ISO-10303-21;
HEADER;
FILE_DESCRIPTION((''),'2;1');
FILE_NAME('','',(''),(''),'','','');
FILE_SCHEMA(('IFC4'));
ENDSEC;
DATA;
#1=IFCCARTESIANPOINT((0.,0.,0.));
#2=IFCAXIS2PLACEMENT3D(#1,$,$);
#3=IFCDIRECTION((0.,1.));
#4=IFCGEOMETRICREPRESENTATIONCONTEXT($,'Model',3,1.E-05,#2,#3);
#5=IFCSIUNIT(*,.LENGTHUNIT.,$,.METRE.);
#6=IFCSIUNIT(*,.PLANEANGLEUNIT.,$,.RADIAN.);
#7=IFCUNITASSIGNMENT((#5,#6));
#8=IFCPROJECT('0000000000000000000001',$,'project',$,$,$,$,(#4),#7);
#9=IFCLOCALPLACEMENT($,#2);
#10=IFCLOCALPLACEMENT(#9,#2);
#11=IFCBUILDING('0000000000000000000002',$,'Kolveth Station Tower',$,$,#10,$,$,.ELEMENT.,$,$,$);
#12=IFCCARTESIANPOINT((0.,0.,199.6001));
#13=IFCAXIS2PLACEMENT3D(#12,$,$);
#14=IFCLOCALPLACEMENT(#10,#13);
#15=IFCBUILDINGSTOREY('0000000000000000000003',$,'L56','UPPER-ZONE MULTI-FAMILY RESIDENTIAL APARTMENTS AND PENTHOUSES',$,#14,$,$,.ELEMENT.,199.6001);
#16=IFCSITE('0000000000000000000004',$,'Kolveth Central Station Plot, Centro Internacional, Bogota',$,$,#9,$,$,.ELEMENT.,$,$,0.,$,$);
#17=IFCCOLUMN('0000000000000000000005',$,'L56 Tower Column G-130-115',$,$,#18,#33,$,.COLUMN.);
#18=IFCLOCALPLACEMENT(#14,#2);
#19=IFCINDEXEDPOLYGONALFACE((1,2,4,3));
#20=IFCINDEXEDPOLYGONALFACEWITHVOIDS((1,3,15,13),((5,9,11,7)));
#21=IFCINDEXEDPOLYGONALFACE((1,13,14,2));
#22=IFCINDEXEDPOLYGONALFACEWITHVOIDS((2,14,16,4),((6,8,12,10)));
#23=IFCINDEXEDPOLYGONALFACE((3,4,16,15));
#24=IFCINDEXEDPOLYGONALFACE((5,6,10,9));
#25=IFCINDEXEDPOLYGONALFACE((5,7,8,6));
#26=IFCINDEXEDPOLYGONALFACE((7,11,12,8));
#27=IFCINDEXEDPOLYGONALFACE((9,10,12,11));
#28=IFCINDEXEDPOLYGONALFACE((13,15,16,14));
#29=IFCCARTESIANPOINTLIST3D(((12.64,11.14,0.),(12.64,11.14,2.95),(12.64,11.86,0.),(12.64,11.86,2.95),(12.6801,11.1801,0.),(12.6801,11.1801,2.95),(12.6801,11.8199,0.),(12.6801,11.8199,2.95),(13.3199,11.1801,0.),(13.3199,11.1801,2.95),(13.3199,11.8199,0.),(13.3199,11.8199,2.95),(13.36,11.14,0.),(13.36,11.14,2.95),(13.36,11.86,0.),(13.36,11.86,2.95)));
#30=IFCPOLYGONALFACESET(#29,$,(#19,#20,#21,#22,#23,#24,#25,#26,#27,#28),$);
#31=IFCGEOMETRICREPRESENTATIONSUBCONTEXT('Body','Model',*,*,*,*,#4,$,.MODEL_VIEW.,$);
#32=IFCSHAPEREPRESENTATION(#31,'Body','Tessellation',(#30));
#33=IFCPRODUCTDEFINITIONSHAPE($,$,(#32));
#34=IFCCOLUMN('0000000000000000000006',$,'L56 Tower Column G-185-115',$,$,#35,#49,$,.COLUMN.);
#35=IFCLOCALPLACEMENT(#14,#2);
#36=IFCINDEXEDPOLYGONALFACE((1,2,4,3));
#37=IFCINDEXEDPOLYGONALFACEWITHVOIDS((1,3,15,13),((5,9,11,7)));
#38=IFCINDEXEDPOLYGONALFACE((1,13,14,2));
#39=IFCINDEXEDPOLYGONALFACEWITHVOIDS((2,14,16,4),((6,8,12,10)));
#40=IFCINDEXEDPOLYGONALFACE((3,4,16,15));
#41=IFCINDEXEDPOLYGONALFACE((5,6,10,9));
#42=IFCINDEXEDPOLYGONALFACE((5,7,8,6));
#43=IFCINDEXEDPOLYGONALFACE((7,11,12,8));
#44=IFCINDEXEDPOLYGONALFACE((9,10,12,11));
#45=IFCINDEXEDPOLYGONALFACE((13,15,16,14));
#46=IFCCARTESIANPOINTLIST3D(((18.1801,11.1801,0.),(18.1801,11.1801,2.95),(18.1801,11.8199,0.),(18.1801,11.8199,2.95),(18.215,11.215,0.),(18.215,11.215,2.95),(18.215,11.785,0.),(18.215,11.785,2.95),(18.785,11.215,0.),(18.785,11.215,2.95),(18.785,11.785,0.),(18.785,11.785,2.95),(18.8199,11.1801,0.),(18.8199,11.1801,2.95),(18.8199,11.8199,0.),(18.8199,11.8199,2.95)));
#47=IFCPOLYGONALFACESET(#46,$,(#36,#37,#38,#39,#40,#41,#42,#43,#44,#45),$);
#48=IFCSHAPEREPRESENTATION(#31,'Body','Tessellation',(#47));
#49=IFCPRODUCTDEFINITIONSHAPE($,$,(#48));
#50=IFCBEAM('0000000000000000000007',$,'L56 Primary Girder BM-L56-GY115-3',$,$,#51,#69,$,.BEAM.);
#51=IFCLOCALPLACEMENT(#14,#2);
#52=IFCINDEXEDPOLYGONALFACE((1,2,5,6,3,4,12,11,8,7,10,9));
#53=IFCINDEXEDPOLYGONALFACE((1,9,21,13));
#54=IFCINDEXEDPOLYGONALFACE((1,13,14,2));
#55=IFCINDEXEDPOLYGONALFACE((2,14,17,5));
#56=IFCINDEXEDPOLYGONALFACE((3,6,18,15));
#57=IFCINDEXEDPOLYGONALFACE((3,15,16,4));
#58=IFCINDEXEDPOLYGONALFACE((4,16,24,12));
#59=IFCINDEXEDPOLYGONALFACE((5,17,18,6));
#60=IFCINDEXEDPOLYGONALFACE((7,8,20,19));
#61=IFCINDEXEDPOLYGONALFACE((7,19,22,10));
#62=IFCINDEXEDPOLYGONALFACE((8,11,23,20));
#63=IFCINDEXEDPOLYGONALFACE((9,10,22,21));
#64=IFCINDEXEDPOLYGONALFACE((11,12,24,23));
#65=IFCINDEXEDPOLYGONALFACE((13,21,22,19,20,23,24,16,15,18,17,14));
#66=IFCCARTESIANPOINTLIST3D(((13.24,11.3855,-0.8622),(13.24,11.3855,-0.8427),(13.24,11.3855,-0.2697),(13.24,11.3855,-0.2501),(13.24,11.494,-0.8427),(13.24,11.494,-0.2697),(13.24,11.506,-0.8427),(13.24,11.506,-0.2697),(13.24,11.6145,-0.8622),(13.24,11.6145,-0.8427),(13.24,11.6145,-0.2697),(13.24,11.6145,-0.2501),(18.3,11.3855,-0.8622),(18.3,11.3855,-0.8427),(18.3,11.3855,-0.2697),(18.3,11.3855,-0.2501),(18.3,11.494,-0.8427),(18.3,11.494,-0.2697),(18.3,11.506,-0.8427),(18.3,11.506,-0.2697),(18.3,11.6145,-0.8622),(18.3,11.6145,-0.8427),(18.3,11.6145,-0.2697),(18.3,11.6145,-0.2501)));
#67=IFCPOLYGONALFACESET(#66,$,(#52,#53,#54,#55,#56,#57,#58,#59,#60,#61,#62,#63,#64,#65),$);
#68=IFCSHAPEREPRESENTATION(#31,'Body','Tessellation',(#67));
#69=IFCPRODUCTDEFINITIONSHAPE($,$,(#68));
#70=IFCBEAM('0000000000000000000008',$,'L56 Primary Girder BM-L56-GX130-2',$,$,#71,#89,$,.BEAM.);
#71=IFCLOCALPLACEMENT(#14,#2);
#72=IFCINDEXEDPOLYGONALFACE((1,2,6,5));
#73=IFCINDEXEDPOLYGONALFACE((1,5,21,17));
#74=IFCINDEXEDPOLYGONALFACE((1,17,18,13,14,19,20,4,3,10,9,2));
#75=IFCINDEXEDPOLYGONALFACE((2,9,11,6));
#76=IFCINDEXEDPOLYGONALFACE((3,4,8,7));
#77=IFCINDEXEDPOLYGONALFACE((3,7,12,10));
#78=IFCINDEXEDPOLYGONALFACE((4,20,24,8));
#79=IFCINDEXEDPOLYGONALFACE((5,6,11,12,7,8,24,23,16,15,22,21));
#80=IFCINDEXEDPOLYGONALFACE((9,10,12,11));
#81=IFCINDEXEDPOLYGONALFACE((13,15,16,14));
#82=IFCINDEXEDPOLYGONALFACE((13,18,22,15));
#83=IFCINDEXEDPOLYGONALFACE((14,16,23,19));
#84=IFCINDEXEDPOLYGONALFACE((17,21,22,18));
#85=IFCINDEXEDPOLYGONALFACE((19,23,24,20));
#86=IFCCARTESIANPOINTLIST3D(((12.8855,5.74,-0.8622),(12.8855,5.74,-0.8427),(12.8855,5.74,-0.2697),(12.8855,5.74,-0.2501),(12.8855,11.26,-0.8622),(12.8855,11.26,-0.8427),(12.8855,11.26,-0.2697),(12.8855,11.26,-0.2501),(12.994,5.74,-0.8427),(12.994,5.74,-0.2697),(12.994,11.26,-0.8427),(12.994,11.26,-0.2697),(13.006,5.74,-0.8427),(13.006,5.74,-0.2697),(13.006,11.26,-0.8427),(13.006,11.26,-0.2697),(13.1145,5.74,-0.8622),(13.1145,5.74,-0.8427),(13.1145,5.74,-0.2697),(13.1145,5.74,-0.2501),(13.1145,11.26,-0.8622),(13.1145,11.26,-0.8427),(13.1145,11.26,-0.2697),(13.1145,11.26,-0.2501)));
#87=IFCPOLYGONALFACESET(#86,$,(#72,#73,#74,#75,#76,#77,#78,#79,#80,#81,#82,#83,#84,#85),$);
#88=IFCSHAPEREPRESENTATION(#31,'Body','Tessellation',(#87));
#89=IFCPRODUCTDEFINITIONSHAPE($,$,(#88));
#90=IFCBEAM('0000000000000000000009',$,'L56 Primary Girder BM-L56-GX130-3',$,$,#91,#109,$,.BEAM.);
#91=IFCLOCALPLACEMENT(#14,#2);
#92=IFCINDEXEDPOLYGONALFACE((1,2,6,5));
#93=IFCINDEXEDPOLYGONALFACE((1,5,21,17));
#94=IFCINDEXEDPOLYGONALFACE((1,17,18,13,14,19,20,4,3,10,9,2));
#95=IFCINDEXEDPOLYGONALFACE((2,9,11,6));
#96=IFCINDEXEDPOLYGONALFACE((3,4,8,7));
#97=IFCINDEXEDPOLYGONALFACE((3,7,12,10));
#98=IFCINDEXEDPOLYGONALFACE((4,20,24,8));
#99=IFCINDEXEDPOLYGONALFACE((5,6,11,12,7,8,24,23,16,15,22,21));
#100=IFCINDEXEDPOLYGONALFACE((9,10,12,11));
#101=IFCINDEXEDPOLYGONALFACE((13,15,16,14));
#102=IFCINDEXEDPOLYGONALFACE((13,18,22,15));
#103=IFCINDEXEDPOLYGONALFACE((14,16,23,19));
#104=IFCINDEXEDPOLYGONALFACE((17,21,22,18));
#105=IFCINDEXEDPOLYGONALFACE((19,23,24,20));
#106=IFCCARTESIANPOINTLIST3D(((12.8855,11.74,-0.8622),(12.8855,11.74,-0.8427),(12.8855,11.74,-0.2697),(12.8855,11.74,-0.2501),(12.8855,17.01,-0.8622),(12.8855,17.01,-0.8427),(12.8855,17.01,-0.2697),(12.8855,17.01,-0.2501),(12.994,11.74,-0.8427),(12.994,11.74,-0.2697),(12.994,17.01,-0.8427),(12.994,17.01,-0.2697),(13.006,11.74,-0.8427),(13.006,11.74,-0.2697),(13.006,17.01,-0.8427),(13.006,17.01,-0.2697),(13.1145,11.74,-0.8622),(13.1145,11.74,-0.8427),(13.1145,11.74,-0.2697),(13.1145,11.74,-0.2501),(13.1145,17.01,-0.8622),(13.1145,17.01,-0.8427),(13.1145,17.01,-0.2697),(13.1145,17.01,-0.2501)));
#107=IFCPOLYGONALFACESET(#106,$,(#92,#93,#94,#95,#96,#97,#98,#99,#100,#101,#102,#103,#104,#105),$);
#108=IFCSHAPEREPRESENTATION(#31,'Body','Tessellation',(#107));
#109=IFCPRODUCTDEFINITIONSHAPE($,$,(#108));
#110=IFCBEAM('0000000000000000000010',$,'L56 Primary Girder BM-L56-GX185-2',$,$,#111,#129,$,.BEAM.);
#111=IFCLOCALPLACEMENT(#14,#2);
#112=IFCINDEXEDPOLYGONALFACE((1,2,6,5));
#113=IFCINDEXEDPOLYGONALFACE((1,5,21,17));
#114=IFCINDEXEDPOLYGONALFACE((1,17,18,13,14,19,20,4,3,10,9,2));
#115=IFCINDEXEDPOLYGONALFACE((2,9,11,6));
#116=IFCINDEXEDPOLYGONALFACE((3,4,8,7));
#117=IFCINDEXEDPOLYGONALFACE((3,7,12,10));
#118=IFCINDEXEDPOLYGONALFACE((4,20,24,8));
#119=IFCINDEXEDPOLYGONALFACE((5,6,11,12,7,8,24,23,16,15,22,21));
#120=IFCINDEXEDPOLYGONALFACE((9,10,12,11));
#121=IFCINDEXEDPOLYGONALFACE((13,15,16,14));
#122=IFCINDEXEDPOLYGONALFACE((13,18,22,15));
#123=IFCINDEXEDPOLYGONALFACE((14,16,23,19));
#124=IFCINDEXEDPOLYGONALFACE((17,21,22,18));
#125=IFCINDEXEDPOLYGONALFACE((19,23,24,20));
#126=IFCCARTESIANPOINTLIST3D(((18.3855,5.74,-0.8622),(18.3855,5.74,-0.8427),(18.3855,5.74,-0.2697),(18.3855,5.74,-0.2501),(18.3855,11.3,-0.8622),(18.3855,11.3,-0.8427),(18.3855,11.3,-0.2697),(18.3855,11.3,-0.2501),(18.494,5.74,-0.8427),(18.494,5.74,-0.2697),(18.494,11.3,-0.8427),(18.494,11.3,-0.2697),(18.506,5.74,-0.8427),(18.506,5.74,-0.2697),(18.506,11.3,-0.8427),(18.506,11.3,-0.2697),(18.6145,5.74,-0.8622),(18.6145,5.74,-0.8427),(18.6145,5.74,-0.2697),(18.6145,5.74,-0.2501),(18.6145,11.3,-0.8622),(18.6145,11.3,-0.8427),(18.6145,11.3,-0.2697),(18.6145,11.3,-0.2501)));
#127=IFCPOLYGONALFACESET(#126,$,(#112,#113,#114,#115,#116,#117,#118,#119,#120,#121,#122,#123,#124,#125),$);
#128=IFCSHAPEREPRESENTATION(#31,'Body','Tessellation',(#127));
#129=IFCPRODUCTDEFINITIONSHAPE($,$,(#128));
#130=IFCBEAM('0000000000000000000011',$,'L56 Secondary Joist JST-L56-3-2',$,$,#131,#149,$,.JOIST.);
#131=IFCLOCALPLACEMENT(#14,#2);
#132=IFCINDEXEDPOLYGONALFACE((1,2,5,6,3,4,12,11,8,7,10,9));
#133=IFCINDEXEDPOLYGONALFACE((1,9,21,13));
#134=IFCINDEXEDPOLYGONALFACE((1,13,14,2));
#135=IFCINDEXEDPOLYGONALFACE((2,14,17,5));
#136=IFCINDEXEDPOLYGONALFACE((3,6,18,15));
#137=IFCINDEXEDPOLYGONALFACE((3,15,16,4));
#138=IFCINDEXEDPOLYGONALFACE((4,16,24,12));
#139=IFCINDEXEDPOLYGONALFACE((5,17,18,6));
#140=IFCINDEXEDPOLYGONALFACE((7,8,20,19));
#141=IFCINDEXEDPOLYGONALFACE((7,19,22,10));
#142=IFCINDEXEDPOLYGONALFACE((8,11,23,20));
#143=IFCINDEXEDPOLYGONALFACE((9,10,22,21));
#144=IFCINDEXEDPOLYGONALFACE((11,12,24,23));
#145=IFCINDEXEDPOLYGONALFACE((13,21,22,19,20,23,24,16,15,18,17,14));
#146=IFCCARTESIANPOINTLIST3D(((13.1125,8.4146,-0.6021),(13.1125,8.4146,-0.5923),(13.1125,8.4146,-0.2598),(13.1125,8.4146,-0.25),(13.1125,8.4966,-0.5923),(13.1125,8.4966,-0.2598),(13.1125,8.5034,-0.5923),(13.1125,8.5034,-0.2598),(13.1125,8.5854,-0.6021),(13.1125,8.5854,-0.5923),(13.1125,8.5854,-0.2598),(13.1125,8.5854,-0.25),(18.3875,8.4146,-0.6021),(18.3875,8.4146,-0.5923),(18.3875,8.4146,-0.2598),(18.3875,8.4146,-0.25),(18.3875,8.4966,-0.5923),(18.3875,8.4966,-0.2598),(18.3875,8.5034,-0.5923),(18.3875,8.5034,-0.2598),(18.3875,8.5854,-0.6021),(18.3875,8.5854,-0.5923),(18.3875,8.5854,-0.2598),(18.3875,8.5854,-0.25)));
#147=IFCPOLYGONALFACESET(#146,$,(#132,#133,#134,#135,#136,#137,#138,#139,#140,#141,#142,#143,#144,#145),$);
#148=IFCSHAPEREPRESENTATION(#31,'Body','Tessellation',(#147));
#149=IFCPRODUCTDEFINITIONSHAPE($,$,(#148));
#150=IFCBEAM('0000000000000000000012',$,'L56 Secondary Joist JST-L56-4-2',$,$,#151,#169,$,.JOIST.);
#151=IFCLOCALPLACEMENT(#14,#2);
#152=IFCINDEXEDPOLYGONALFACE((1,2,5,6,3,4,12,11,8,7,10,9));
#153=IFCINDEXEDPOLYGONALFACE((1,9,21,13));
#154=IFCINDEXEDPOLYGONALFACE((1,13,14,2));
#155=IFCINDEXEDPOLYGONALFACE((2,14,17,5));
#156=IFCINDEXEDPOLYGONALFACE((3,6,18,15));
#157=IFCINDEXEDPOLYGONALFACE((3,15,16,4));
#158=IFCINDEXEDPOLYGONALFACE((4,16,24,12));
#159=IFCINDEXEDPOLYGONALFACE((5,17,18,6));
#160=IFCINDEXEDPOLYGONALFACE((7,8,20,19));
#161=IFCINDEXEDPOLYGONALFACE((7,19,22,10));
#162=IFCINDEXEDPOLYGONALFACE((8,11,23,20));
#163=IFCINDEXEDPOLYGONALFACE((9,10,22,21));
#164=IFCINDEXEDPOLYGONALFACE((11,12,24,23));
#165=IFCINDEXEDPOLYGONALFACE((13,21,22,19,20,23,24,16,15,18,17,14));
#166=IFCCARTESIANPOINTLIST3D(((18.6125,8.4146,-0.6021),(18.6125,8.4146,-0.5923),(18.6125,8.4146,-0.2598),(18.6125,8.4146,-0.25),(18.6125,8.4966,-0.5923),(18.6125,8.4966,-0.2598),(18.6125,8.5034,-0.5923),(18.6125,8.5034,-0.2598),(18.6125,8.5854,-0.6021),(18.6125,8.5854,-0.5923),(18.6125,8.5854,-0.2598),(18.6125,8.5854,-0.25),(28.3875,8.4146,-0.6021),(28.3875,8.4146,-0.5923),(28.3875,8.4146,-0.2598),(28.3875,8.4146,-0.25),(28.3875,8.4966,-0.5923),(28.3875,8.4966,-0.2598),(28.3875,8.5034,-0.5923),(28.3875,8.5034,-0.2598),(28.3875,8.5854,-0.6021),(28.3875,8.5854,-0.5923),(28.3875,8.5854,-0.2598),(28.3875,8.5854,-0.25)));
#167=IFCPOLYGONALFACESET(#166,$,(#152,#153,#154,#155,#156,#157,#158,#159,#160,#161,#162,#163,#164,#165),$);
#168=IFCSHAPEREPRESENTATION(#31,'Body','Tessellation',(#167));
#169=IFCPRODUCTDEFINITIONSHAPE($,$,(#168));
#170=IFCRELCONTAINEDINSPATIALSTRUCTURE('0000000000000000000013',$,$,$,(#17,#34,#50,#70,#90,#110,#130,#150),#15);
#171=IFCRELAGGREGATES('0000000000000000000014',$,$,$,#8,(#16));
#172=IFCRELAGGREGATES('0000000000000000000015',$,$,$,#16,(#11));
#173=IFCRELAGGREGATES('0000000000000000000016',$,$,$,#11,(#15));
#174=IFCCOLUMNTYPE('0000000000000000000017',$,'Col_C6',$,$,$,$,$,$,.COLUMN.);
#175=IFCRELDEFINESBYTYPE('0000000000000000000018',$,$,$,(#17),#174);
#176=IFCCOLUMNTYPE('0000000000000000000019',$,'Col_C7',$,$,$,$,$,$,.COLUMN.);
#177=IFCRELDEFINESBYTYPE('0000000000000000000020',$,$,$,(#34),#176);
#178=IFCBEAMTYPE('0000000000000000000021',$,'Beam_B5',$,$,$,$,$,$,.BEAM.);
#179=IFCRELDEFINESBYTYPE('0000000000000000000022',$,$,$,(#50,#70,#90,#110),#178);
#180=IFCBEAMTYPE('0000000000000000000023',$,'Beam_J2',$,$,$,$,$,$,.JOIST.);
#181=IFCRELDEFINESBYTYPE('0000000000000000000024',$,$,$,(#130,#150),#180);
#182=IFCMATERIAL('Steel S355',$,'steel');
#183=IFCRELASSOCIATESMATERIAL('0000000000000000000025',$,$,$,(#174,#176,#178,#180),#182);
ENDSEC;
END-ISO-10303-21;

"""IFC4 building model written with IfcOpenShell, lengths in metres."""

from ifc_helpers import new_model, si_unit, direction, frame, origin, origin_2d, place, context, subcontext, project, spatial, hollow_rectangle, i_section, extrude, source, transform, mapped, material, material_profile, profile_set, type_object, element, save


model = new_model("IFC4")

# Units and contexts
model_context = context("Model", 3, precision=1e-05, world=origin(), true_north=direction((0.0, 1.0)))
body_context = subcontext(model_context, "Body", "Model", "MODEL_VIEW")
ifc_project = project(units=[si_unit("LENGTHUNIT", "METRE"), si_unit("PLANEANGLEUNIT", "RADIAN")], contexts=[model_context])

# Site, building, storey
site_placement = place(None, origin())
site = spatial("IfcSite", under=ifc_project, at=site_placement, Name="Kolveth Central Station Plot, Centro Internacional, Bogota", CompositionType="ELEMENT", RefElevation=0.0)
building_placement = place(site_placement, origin())
building = spatial("IfcBuilding", under=site, at=building_placement, Name="Kolveth Station Tower", CompositionType="ELEMENT")
storey_placement = place(building_placement, frame((0.0, 0.0, 199.6001)))
storey = spatial("IfcBuildingStorey", under=building, at=storey_placement, Name="L56", Description="UPPER-ZONE MULTI-FAMILY RESIDENTIAL APARTMENTS AND PENTHOUSES", CompositionType="ELEMENT", Elevation=199.6001)

# Columns
ifc_material_1 = material(Name="Steel S355", Category="steel")
ifc_material_profile_1 = material_profile(ifc_material_1, hollow_rectangle(XDim=0.72, YDim=0.72, WallThickness=0.04, at=origin_2d()), Name="BOX720x720x40")
ifc_profile_set_1 = profile_set([ifc_material_profile_1], Name="Steel S355")
column_type_1 = type_object("IfcColumnType", Name="Col_C6", PredefinedType="COLUMN", material=ifc_profile_set_1)
shared_shape_1 = source(origin(), body_context, "Body", "SweptSolid", [
    extrude(hollow_rectangle(XDim=0.72, YDim=0.72, WallThickness=0.04, at=origin_2d()), origin(), (0.0, 0.0, 1.0), 2.95),
])
column_1_placement = place(storey_placement, frame((13.0, 11.5, 0.0), z_axis=(0.0, 0.0, 1.0), x_axis=(1.0, 0.0, 0.0)))
element("IfcColumn", 1, at=column_1_placement, inside=storey, type_object=column_type_1, Name="L56 Tower Column G-130-115", PredefinedType="COLUMN", context=body_context, shape_type="MappedRepresentation", body=[
    mapped(shared_shape_1, transform((0.0, 0.0, 0.0), x_axis=(1.0, 0.0, 0.0), y_axis=(0.0, 1.0, 0.0), z_axis=(0.0, 0.0, 1.0), scale=1.0)),
])
ifc_material_profile_2 = material_profile(ifc_material_1, hollow_rectangle(XDim=0.6399, YDim=0.6399, WallThickness=0.0349, at=origin_2d()), Name="BOX640x640x35")
ifc_profile_set_2 = profile_set([ifc_material_profile_2], Name="Steel S355")
column_type_2 = type_object("IfcColumnType", Name="Col_C7", PredefinedType="COLUMN", material=ifc_profile_set_2)
shared_shape_2 = source(origin(), body_context, "Body", "SweptSolid", [
    extrude(hollow_rectangle(XDim=0.6399, YDim=0.6399, WallThickness=0.0349, at=origin_2d()), origin(), (0.0, 0.0, 1.0), 2.95),
])
column_2_placement = place(storey_placement, frame((18.5, 11.5, 0.0), z_axis=(0.0, 0.0, 1.0), x_axis=(1.0, 0.0, 0.0)))
element("IfcColumn", 2, at=column_2_placement, inside=storey, type_object=column_type_2, Name="L56 Tower Column G-185-115", PredefinedType="COLUMN", context=body_context, shape_type="MappedRepresentation", body=[
    mapped(shared_shape_2, transform((0.0, 0.0, 0.0), x_axis=(1.0, 0.0, 0.0), y_axis=(0.0, 1.0, 0.0), z_axis=(0.0, 0.0, 1.0), scale=1.0)),
])

# Beams
ifc_material_profile_3 = material_profile(ifc_material_1, i_section(OverallWidth=0.229, OverallDepth=0.6121, WebThickness=0.012, FlangeThickness=0.0195, at=origin_2d()), Name="W610x125")
ifc_profile_set_3 = profile_set([ifc_material_profile_3], Name="Steel S355")
beam_type_1 = type_object("IfcBeamType", Name="Beam_B5", PredefinedType="BEAM", material=ifc_profile_set_3)
shared_shape_3 = source(origin(), body_context, "Body", "SweptSolid", [
    extrude(i_section(OverallWidth=0.229, OverallDepth=0.6121, WebThickness=0.012, FlangeThickness=0.0195, at=origin_2d()), origin(), (0.0, 0.0, 1.0), 5.0601),
])
beam_1_placement = place(storey_placement, frame((13.24, 11.5, -0.5562), z_axis=(1.0, 0.0, 0.0), x_axis=(0.0, 1.0, 0.0)))
element("IfcBeam", 3, at=beam_1_placement, inside=storey, type_object=beam_type_1, Name="L56 Primary Girder BM-L56-GY115-3", PredefinedType="BEAM", context=body_context, shape_type="MappedRepresentation", body=[
    mapped(shared_shape_3, transform((0.0, 0.0, 0.0), x_axis=(1.0, 0.0, 0.0), y_axis=(0.0, 1.0, 0.0), z_axis=(0.0, 0.0, 1.0), scale=1.0)),
])
shared_shape_4 = source(origin(), body_context, "Body", "SweptSolid", [
    extrude(i_section(OverallWidth=0.229, OverallDepth=0.6121, WebThickness=0.012, FlangeThickness=0.0195, at=origin_2d()), origin(), (0.0, 0.0, 1.0), 5.52),
])
beam_2_placement = place(storey_placement, frame((13.0, 5.74, -0.5562), z_axis=(0.0, 1.0, 0.0), x_axis=(-1.0, 0.0, 0.0)))
element("IfcBeam", 4, at=beam_2_placement, inside=storey, type_object=beam_type_1, Name="L56 Primary Girder BM-L56-GX130-2", PredefinedType="BEAM", context=body_context, shape_type="MappedRepresentation", body=[
    mapped(shared_shape_4, transform((0.0, 0.0, 0.0), x_axis=(1.0, 0.0, 0.0), y_axis=(0.0, 1.0, 0.0), z_axis=(0.0, 0.0, 1.0), scale=1.0)),
])
shared_shape_5 = source(origin(), body_context, "Body", "SweptSolid", [
    extrude(i_section(OverallWidth=0.229, OverallDepth=0.6121, WebThickness=0.012, FlangeThickness=0.0195, at=origin_2d()), origin(), (0.0, 0.0, 1.0), 5.27),
])
beam_3_placement = place(storey_placement, frame((13.0, 11.74, -0.5562), z_axis=(0.0, 1.0, 0.0), x_axis=(-1.0, 0.0, 0.0)))
element("IfcBeam", 5, at=beam_3_placement, inside=storey, type_object=beam_type_1, Name="L56 Primary Girder BM-L56-GX130-3", PredefinedType="BEAM", context=body_context, shape_type="MappedRepresentation", body=[
    mapped(shared_shape_5, transform((0.0, 0.0, 0.0), x_axis=(1.0, 0.0, 0.0), y_axis=(0.0, 1.0, 0.0), z_axis=(0.0, 0.0, 1.0), scale=1.0)),
])
shared_shape_6 = source(origin(), body_context, "Body", "SweptSolid", [
    extrude(i_section(OverallWidth=0.229, OverallDepth=0.6121, WebThickness=0.012, FlangeThickness=0.0195, at=origin_2d()), origin(), (0.0, 0.0, 1.0), 5.5601),
])
beam_4_placement = place(storey_placement, frame((18.5, 5.74, -0.5562), z_axis=(0.0, 1.0, 0.0), x_axis=(-1.0, 0.0, 0.0)))
element("IfcBeam", 6, at=beam_4_placement, inside=storey, type_object=beam_type_1, Name="L56 Primary Girder BM-L56-GX185-2", PredefinedType="BEAM", context=body_context, shape_type="MappedRepresentation", body=[
    mapped(shared_shape_6, transform((0.0, 0.0, 0.0), x_axis=(1.0, 0.0, 0.0), y_axis=(0.0, 1.0, 0.0), z_axis=(0.0, 0.0, 1.0), scale=1.0)),
])
ifc_material_profile_4 = material_profile(ifc_material_1, i_section(OverallWidth=0.1709, OverallDepth=0.3521, WebThickness=0.0068, FlangeThickness=0.0098, at=origin_2d()), Name="W360x44")
ifc_profile_set_4 = profile_set([ifc_material_profile_4], Name="Steel S355")
beam_type_2 = type_object("IfcBeamType", Name="Beam_J2", PredefinedType="JOIST", material=ifc_profile_set_4)
shared_shape_7 = source(origin(), body_context, "Body", "SweptSolid", [
    extrude(i_section(OverallWidth=0.1709, OverallDepth=0.3521, WebThickness=0.0068, FlangeThickness=0.0098, at=origin_2d()), origin(), (0.0, 0.0, 1.0), 5.2749),
])
beam_5_placement = place(storey_placement, frame((13.1125, 8.5, -0.426), z_axis=(1.0, 0.0, 0.0), x_axis=(0.0, 1.0, 0.0)))
element("IfcBeam", 7, at=beam_5_placement, inside=storey, type_object=beam_type_2, Name="L56 Secondary Joist JST-L56-3-2", PredefinedType="JOIST", context=body_context, shape_type="MappedRepresentation", body=[
    mapped(shared_shape_7, transform((0.0, 0.0, 0.0), x_axis=(1.0, 0.0, 0.0), y_axis=(0.0, 1.0, 0.0), z_axis=(0.0, 0.0, 1.0), scale=1.0)),
])
shared_shape_8 = source(origin(), body_context, "Body", "SweptSolid", [
    extrude(i_section(OverallWidth=0.1709, OverallDepth=0.3521, WebThickness=0.0068, FlangeThickness=0.0098, at=origin_2d()), origin(), (0.0, 0.0, 1.0), 9.7749),
])
beam_6_placement = place(storey_placement, frame((18.6125, 8.5, -0.426), z_axis=(1.0, 0.0, 0.0), x_axis=(0.0, 1.0, 0.0)))
element("IfcBeam", 8, at=beam_6_placement, inside=storey, type_object=beam_type_2, Name="L56 Secondary Joist JST-L56-4-2", PredefinedType="JOIST", context=body_context, shape_type="MappedRepresentation", body=[
    mapped(shared_shape_8, transform((0.0, 0.0, 0.0), x_axis=(1.0, 0.0, 0.0), y_axis=(0.0, 1.0, 0.0), z_axis=(0.0, 0.0, 1.0), scale=1.0)),
])

save(model, "model.ifc")
